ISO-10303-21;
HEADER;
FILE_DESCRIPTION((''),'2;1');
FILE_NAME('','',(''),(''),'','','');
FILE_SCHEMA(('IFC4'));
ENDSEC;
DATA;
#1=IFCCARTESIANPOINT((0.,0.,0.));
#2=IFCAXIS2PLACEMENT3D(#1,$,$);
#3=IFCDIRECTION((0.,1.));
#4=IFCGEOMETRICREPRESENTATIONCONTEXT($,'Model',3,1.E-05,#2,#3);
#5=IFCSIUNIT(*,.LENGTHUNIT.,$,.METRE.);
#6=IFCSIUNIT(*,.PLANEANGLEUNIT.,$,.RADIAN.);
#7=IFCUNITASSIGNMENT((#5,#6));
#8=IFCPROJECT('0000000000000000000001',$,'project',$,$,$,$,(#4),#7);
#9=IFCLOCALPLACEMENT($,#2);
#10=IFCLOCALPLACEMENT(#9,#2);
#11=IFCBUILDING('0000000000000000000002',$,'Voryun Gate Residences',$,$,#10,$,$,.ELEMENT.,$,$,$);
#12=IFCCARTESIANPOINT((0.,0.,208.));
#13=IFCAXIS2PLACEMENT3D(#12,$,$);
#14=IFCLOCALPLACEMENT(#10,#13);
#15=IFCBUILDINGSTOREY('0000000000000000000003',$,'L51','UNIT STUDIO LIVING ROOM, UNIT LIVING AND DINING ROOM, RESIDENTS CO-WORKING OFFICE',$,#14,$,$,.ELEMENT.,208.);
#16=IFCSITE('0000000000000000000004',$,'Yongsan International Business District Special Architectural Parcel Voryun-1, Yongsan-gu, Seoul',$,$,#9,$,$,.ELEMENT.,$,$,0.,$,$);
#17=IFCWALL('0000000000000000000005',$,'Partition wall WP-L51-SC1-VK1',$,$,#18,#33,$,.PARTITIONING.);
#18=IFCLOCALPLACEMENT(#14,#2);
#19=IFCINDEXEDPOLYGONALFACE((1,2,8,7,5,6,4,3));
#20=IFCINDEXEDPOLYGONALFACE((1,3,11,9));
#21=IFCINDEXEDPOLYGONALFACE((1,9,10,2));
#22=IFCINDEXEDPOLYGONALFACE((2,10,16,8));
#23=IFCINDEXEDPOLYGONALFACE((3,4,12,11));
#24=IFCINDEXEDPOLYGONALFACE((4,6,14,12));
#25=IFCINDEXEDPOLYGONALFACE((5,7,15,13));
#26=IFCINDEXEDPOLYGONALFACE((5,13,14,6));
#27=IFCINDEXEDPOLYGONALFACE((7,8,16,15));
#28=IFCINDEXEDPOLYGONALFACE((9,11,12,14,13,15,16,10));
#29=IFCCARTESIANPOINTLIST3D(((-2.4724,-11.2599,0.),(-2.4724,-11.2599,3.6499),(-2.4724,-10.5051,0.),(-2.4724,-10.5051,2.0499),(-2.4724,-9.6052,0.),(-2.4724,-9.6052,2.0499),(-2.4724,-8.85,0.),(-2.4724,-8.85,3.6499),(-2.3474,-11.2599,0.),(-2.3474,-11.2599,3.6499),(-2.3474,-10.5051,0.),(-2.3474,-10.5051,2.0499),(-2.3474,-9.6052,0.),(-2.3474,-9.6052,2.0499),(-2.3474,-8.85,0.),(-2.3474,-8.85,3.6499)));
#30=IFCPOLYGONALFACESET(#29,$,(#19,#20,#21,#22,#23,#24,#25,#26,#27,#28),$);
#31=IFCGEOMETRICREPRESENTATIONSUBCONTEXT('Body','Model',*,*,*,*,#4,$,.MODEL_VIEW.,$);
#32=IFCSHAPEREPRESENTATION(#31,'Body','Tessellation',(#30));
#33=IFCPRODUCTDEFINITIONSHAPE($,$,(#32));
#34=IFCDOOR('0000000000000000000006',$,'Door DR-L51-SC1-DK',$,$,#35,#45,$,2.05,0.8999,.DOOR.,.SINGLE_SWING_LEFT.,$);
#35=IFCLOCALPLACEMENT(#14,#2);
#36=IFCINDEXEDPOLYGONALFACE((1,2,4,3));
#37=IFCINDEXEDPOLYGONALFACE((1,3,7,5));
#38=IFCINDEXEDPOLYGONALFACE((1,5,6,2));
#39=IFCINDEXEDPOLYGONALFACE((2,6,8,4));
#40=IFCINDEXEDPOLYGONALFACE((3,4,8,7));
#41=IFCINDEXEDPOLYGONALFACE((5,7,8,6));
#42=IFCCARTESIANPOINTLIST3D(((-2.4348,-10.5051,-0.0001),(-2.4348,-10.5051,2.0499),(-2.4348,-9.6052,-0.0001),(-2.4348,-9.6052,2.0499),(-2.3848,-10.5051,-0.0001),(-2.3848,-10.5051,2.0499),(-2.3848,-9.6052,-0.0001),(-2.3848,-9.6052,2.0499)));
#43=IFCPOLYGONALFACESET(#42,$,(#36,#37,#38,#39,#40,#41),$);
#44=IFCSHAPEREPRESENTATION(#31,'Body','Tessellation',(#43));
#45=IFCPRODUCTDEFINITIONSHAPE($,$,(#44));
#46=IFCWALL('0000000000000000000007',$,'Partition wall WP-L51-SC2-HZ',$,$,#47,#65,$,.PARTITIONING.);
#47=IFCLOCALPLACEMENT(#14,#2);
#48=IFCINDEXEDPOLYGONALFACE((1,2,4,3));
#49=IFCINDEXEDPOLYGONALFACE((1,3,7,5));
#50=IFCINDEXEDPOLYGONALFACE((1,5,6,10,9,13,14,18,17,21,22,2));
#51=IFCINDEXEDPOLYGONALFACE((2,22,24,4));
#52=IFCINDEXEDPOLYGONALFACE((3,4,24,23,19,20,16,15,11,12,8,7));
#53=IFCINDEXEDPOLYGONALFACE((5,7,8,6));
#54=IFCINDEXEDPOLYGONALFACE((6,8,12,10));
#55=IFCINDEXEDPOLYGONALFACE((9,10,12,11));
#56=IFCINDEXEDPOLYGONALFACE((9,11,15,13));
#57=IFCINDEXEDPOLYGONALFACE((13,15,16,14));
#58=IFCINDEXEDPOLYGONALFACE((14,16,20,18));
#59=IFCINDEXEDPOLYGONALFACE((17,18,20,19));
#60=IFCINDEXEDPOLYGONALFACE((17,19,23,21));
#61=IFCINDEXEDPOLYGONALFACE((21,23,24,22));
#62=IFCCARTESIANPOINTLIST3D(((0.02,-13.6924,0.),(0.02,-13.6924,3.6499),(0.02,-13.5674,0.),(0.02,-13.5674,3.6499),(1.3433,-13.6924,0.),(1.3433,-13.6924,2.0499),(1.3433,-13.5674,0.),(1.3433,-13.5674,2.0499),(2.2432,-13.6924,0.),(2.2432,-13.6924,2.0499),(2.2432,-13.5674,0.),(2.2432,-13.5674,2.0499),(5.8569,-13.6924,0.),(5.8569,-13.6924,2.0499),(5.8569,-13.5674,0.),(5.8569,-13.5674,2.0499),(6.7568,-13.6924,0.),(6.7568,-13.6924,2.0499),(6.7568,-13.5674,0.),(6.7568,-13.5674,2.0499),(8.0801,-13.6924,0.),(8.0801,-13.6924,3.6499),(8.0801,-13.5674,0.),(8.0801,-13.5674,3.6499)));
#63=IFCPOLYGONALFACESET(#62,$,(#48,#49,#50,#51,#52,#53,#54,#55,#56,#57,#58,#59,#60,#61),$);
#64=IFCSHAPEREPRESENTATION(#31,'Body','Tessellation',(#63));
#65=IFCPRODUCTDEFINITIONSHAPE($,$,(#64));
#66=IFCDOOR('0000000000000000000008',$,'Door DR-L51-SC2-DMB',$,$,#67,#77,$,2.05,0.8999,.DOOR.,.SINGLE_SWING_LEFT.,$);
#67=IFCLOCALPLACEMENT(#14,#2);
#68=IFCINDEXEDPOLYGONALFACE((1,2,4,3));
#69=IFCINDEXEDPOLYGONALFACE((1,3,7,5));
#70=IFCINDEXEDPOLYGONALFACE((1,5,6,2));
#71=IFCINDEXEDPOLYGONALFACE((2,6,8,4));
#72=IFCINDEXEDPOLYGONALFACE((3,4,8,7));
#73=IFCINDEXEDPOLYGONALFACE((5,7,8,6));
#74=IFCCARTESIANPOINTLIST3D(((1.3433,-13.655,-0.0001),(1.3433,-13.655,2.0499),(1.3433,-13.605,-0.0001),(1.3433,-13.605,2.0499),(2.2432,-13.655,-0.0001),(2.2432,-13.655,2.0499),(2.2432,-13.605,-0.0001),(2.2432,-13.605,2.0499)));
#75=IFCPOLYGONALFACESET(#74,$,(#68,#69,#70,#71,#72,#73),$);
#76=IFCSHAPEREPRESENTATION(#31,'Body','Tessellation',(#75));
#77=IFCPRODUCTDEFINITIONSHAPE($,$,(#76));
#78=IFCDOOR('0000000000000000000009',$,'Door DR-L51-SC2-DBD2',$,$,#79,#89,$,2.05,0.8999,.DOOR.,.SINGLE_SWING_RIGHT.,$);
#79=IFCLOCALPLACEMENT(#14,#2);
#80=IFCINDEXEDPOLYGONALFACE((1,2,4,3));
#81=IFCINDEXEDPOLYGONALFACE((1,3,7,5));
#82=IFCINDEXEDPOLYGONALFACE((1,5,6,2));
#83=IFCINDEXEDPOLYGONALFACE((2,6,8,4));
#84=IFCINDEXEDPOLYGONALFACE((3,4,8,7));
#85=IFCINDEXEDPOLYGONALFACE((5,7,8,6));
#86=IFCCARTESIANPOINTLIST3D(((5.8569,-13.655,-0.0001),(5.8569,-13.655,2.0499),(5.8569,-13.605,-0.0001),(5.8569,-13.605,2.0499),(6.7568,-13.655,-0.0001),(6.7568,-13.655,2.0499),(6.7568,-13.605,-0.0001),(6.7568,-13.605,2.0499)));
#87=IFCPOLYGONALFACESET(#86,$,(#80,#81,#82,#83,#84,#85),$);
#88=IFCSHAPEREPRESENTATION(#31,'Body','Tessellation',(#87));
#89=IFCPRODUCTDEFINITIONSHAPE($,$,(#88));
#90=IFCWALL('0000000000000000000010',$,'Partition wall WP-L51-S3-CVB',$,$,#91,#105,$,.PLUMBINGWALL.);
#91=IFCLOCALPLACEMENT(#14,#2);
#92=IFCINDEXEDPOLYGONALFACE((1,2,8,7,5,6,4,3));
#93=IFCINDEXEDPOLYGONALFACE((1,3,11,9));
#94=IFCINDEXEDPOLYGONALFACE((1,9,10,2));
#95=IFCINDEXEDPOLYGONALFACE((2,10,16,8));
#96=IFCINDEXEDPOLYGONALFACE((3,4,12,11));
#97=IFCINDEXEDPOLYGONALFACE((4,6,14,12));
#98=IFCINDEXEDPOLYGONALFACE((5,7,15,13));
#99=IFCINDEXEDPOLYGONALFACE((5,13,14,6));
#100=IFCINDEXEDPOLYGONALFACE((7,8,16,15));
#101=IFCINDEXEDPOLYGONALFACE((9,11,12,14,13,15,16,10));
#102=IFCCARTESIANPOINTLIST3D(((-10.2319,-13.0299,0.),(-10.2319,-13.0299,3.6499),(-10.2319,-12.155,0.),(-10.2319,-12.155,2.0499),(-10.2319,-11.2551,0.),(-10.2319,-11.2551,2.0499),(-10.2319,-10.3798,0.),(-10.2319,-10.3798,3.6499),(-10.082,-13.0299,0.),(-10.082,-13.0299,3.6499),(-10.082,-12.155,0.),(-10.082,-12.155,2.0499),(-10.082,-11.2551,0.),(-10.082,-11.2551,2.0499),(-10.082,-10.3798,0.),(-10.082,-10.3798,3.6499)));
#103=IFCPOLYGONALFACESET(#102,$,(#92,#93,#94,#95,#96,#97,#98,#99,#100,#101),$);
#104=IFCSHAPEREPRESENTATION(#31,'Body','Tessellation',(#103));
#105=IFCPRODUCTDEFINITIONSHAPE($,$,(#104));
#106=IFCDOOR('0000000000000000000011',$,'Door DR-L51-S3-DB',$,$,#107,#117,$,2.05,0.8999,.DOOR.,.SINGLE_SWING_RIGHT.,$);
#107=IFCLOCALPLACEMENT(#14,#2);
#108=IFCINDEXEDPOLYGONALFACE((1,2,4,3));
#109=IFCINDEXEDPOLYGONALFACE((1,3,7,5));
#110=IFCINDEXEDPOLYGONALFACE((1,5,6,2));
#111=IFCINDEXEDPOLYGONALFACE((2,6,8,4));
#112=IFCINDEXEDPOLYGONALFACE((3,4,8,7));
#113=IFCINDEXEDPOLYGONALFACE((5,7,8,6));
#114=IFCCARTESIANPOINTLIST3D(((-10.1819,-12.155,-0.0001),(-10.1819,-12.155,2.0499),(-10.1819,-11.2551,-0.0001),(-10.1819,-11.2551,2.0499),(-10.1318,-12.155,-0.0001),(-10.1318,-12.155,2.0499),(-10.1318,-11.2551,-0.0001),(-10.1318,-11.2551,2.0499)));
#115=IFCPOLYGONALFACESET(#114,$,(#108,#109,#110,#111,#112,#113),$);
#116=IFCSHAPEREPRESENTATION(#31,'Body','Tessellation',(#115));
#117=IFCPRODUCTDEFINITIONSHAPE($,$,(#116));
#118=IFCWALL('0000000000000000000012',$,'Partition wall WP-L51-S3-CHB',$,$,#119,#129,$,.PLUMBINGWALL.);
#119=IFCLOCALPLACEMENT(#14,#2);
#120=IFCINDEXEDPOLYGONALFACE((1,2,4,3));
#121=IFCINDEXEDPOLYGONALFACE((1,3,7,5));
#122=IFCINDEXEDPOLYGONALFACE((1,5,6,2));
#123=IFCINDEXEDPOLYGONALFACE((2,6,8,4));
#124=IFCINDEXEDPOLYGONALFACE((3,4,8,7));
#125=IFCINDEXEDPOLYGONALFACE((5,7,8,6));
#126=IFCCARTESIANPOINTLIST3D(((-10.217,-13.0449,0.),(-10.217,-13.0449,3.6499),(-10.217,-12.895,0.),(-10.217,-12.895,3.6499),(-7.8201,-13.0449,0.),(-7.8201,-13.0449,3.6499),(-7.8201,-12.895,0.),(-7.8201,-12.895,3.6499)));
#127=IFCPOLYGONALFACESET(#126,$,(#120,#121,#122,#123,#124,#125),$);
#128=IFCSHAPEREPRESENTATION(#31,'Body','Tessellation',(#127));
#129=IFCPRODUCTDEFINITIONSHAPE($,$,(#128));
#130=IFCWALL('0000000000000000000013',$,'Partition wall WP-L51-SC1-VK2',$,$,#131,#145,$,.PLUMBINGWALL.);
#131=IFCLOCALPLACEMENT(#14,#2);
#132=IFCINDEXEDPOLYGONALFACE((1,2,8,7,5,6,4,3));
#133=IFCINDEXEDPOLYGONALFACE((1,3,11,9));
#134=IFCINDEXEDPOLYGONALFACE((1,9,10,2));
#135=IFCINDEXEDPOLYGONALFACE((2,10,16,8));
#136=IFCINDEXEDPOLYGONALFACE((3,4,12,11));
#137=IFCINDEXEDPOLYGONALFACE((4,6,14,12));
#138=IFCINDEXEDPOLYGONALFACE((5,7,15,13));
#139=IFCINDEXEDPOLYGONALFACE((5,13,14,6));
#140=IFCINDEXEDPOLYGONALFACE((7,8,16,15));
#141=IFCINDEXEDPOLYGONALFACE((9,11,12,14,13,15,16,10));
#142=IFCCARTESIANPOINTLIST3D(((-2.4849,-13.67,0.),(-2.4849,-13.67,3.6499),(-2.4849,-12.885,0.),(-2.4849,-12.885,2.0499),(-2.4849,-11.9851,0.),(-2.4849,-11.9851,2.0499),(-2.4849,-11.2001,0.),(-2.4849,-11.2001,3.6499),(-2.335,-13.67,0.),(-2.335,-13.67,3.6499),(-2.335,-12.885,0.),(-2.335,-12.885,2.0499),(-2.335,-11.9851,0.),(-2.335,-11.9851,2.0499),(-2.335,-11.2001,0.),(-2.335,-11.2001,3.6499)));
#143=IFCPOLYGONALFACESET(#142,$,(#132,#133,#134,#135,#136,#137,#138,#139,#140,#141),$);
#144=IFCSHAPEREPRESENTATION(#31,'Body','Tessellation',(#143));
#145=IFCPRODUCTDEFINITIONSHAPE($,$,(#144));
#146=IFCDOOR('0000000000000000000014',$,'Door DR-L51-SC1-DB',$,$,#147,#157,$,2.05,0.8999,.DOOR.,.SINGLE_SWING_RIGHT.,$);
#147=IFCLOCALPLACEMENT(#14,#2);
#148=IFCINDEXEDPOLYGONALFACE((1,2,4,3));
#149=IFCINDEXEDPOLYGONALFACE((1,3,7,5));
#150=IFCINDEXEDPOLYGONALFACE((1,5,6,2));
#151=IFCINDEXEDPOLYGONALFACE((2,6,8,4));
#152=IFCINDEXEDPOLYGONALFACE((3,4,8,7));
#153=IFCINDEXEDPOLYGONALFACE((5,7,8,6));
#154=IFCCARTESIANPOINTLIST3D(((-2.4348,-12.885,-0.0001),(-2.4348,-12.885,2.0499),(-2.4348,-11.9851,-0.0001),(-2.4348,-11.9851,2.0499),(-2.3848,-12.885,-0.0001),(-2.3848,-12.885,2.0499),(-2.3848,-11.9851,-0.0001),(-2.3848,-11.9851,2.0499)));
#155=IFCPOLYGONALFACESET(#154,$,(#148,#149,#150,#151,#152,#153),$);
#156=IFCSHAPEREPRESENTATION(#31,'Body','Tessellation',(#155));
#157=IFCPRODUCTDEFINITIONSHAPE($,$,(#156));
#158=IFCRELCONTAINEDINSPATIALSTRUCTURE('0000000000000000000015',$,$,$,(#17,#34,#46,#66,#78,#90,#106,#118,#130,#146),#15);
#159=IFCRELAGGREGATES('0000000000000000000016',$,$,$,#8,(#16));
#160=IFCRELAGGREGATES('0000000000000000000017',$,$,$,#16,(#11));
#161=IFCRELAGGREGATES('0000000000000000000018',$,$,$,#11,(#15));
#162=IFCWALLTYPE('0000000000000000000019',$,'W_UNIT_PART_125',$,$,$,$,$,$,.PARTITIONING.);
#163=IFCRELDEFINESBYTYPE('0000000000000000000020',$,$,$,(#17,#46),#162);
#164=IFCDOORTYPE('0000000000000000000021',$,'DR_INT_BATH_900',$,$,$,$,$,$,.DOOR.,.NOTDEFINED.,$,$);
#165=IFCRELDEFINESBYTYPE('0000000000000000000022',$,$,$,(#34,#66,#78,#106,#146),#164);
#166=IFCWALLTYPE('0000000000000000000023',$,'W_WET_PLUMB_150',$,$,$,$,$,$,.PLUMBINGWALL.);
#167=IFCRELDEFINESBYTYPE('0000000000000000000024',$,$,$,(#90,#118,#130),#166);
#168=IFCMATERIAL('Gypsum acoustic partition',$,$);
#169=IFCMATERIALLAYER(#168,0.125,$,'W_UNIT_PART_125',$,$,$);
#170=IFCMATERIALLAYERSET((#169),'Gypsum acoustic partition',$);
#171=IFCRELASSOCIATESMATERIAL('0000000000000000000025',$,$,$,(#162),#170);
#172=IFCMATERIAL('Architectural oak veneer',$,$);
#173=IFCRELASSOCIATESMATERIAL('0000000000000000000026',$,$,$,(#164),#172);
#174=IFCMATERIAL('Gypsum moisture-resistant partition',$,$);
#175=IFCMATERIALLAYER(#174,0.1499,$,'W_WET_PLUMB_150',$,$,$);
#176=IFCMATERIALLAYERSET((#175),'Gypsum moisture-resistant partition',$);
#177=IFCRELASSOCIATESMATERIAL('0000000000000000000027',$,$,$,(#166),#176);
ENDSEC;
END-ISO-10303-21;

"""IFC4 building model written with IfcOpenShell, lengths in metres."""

from ifc_helpers import new_model, si_unit, direction, frame, frame_2d, origin, place, context, subcontext, project, spatial, rectangle, extrude, material, layer, layer_set, type_object, element, fill, save


model = new_model("IFC4")

# Units and contexts
model_context = context("Model", 3, precision=1e-05, world=origin(), true_north=direction((0.0, 1.0)))
body_context = subcontext(model_context, "Body", "Model", "MODEL_VIEW")
ifc_project = project(units=[si_unit("LENGTHUNIT", "METRE"), si_unit("PLANEANGLEUNIT", "RADIAN")], contexts=[model_context])

# Site, building, storey
site_placement = place(None, origin())
site = spatial("IfcSite", under=ifc_project, at=site_placement, Name="Yongsan International Business District Special Architectural Parcel Voryun-1, Yongsan-gu, Seoul", CompositionType="ELEMENT", RefElevation=0.0)
building_placement = place(site_placement, origin())
building = spatial("IfcBuilding", under=site, at=building_placement, Name="Voryun Gate Residences", CompositionType="ELEMENT")
storey_placement = place(building_placement, frame((0.0, 0.0, 208.0)))
storey = spatial("IfcBuildingStorey", under=building, at=storey_placement, Name="L51", Description="UNIT STUDIO LIVING ROOM, UNIT LIVING AND DINING ROOM, RESIDENTS CO-WORKING OFFICE", CompositionType="ELEMENT", Elevation=208.0)

# Shared definitions
ifc_material_1 = material(Name="Gypsum acoustic partition")
ifc_layer_1 = layer(ifc_material_1, 0.125, Name="W_UNIT_PART_125")
ifc_layer_set_1 = layer_set([ifc_layer_1], Name="Gypsum acoustic partition")
wall_type_1 = type_object("IfcWallType", Name="W_UNIT_PART_125", PredefinedType="PARTITIONING", material=ifc_layer_set_1)
ifc_material_2 = material(Name="Architectural oak veneer")
door_type = type_object("IfcDoorType", Name="DR_INT_BATH_900", OperationType="NOTDEFINED", PredefinedType="DOOR", material=ifc_material_2)

# Wall, opening, door
wall_1_placement = place(storey_placement, frame((-2.4099, -11.26, 0.0), z_axis=(0.0, 0.0, 1.0), x_axis=(0.0, 1.0, 0.0)))
wall_1 = element("IfcWall", 1, at=wall_1_placement, inside=storey, type_object=wall_type_1, Name="Partition wall WP-L51-SC1-VK1", PredefinedType="PARTITIONING", context=body_context, shape_type="SweptSolid", body=[
    extrude(rectangle(XDim=2.4099, YDim=0.125, at=frame_2d((1.2051, 0.0))), origin(), (0.0, 0.0, 1.0), 3.6499),
])
opening_1_placement = place(wall_1_placement, frame((0.7549, 0.0, 0.0)))
opening_1 = element("IfcOpeningElement", 2, at=opening_1_placement, cuts=wall_1, PredefinedType="OPENING", context=body_context, shape_type="SweptSolid", body=[
    extrude(rectangle(XDim=0.8999, YDim=2.05, at=frame_2d((0.45, 1.0249))), frame((0.0, 0.0725, 0.0), z_axis=(0.0, -1.0, 0.0), x_axis=(1.0, 0.0, 0.0)), (0.0, 0.0, 1.0), 0.145),
])
door_1_placement = place(opening_1_placement, origin())
door_1 = element("IfcDoor", 3, at=door_1_placement, inside=storey, type_object=door_type, Name="Door DR-L51-SC1-DK", OperationType="SINGLE_SWING_LEFT", OverallHeight=2.05, OverallWidth=0.8999, PredefinedType="DOOR", context=body_context, shape_type="SweptSolid", body=[
    extrude(rectangle(XDim=0.8999, YDim=2.05, at=frame_2d((0.45, 1.0249))), frame((0.0, 0.0249, 0.0), z_axis=(0.0, -1.0, 0.0), x_axis=(1.0, 0.0, 0.0)), (0.0, 0.0, 1.0), 0.05),
])
fill(opening_1, door_1)

# Wall, openings, doors
wall_2_placement = place(storey_placement, frame((0.02, -13.6299, 0.0), z_axis=(0.0, 0.0, 1.0), x_axis=(1.0, 0.0, 0.0)))
wall_2 = element("IfcWall", 4, at=wall_2_placement, inside=storey, type_object=wall_type_1, Name="Partition wall WP-L51-SC2-HZ", PredefinedType="PARTITIONING", context=body_context, shape_type="SweptSolid", body=[
    extrude(rectangle(XDim=8.0601, YDim=0.125, at=frame_2d((4.03, 0.0))), origin(), (0.0, 0.0, 1.0), 3.6499),
])
opening_2_placement = place(wall_2_placement, frame((1.3232, 0.0, 0.0)))
opening_2 = element("IfcOpeningElement", 5, at=opening_2_placement, cuts=wall_2, PredefinedType="OPENING", context=body_context, shape_type="SweptSolid", body=[
    extrude(rectangle(XDim=0.8999, YDim=2.05, at=frame_2d((0.45, 1.0249))), frame((0.0, 0.0725, 0.0), z_axis=(0.0, -1.0, 0.0), x_axis=(1.0, 0.0, 0.0)), (0.0, 0.0, 1.0), 0.145),
])
opening_3_placement = place(wall_2_placement, frame((5.8369, 0.0, 0.0)))
opening_3 = element("IfcOpeningElement", 6, at=opening_3_placement, cuts=wall_2, PredefinedType="OPENING", context=body_context, shape_type="SweptSolid", body=[
    extrude(rectangle(XDim=0.8999, YDim=2.05, at=frame_2d((0.45, 1.0249))), frame((0.0, 0.0725, 0.0), z_axis=(0.0, -1.0, 0.0), x_axis=(1.0, 0.0, 0.0)), (0.0, 0.0, 1.0), 0.145),
])
door_2_placement = place(opening_2_placement, origin())
door_2 = element("IfcDoor", 7, at=door_2_placement, inside=storey, type_object=door_type, Name="Door DR-L51-SC2-DMB", OperationType="SINGLE_SWING_LEFT", OverallHeight=2.05, OverallWidth=0.8999, PredefinedType="DOOR", context=body_context, shape_type="SweptSolid", body=[
    extrude(rectangle(XDim=0.8999, YDim=2.05, at=frame_2d((0.45, 1.0249))), frame((0.0, 0.0249, 0.0), z_axis=(0.0, -1.0, 0.0), x_axis=(1.0, 0.0, 0.0)), (0.0, 0.0, 1.0), 0.05),
])
fill(opening_2, door_2)
door_3_placement = place(opening_3_placement, origin())
door_3 = element("IfcDoor", 8, at=door_3_placement, inside=storey, type_object=door_type, Name="Door DR-L51-SC2-DBD2", OperationType="SINGLE_SWING_RIGHT", OverallHeight=2.05, OverallWidth=0.8999, PredefinedType="DOOR", context=body_context, shape_type="SweptSolid", body=[
    extrude(rectangle(XDim=0.8999, YDim=2.05, at=frame_2d((0.45, 1.0249))), frame((0.0, 0.0249, 0.0), z_axis=(0.0, -1.0, 0.0), x_axis=(1.0, 0.0, 0.0)), (0.0, 0.0, 1.0), 0.05),
])
fill(opening_3, door_3)

# Wall, opening, door
ifc_material_3 = material(Name="Gypsum moisture-resistant partition")
ifc_layer_2 = layer(ifc_material_3, 0.1499, Name="W_WET_PLUMB_150")
ifc_layer_set_2 = layer_set([ifc_layer_2], Name="Gypsum moisture-resistant partition")
wall_type_2 = type_object("IfcWallType", Name="W_WET_PLUMB_150", PredefinedType="PLUMBINGWALL", material=ifc_layer_set_2)
wall_3_placement = place(storey_placement, frame((-10.157, -13.03, 0.0), z_axis=(0.0, 0.0, 1.0), x_axis=(0.0, 1.0, 0.0)))
wall_3 = element("IfcWall", 9, at=wall_3_placement, inside=storey, type_object=wall_type_2, Name="Partition wall WP-L51-S3-CVB", PredefinedType="PLUMBINGWALL", context=body_context, shape_type="SweptSolid", body=[
    extrude(rectangle(XDim=2.6501, YDim=0.1499, at=frame_2d((1.3252, 0.0))), origin(), (0.0, 0.0, 1.0), 3.6499),
])
opening_4_placement = place(wall_3_placement, frame((0.875, 0.0, 0.0)))
opening_4 = element("IfcOpeningElement", 10, at=opening_4_placement, cuts=wall_3, PredefinedType="OPENING", context=body_context, shape_type="SweptSolid", body=[
    extrude(rectangle(XDim=0.8999, YDim=2.05, at=frame_2d((0.45, 1.0249))), frame((0.0, 0.085, 0.0), z_axis=(0.0, -1.0, 0.0), x_axis=(1.0, 0.0, 0.0)), (0.0, 0.0, 1.0), 0.1699),
])
door_4_placement = place(opening_4_placement, origin())
door_4 = element("IfcDoor", 11, at=door_4_placement, inside=storey, type_object=door_type, Name="Door DR-L51-S3-DB", OperationType="SINGLE_SWING_RIGHT", OverallHeight=2.05, OverallWidth=0.8999, PredefinedType="DOOR", context=body_context, shape_type="SweptSolid", body=[
    extrude(rectangle(XDim=0.8999, YDim=2.05, at=frame_2d((0.45, 1.0249))), frame((0.0, 0.0249, 0.0), z_axis=(0.0, -1.0, 0.0), x_axis=(1.0, 0.0, 0.0)), (0.0, 0.0, 1.0), 0.05),
])
fill(opening_4, door_4)

# Wall
wall_4_placement = place(storey_placement, frame((-10.217, -12.97, 0.0), z_axis=(0.0, 0.0, 1.0), x_axis=(1.0, 0.0, 0.0)))
element("IfcWall", 12, at=wall_4_placement, inside=storey, type_object=wall_type_2, Name="Partition wall WP-L51-S3-CHB", PredefinedType="PLUMBINGWALL", context=body_context, shape_type="SweptSolid", body=[
    extrude(rectangle(XDim=2.397, YDim=0.1499, at=frame_2d((1.1985, 0.0))), origin(), (0.0, 0.0, 1.0), 3.6499),
])

# Wall, opening, door
wall_5_placement = place(storey_placement, frame((-2.4099, -13.6699, 0.0), z_axis=(0.0, 0.0, 1.0), x_axis=(0.0, 1.0, 0.0)))
wall_5 = element("IfcWall", 13, at=wall_5_placement, inside=storey, type_object=wall_type_2, Name="Partition wall WP-L51-SC1-VK2", PredefinedType="PLUMBINGWALL", context=body_context, shape_type="SweptSolid", body=[
    extrude(rectangle(XDim=2.47, YDim=0.1499, at=frame_2d((1.2349, 0.0))), origin(), (0.0, 0.0, 1.0), 3.6499),
])
opening_5_placement = place(wall_5_placement, frame((0.7849, 0.0, 0.0)))
opening_5 = element("IfcOpeningElement", 14, at=opening_5_placement, cuts=wall_5, PredefinedType="OPENING", context=body_context, shape_type="SweptSolid", body=[
    extrude(rectangle(XDim=0.8999, YDim=2.05, at=frame_2d((0.45, 1.0249))), frame((0.0, 0.085, 0.0), z_axis=(0.0, -1.0, 0.0), x_axis=(1.0, 0.0, 0.0)), (0.0, 0.0, 1.0), 0.1699),
])
door_5_placement = place(opening_5_placement, origin())
door_5 = element("IfcDoor", 15, at=door_5_placement, inside=storey, type_object=door_type, Name="Door DR-L51-SC1-DB", OperationType="SINGLE_SWING_RIGHT", OverallHeight=2.05, OverallWidth=0.8999, PredefinedType="DOOR", context=body_context, shape_type="SweptSolid", body=[
    extrude(rectangle(XDim=0.8999, YDim=2.05, at=frame_2d((0.45, 1.0249))), frame((0.0, 0.0249, 0.0), z_axis=(0.0, -1.0, 0.0), x_axis=(1.0, 0.0, 0.0)), (0.0, 0.0, 1.0), 0.05),
])
fill(opening_5, door_5)

save(model, "model.ifc")
